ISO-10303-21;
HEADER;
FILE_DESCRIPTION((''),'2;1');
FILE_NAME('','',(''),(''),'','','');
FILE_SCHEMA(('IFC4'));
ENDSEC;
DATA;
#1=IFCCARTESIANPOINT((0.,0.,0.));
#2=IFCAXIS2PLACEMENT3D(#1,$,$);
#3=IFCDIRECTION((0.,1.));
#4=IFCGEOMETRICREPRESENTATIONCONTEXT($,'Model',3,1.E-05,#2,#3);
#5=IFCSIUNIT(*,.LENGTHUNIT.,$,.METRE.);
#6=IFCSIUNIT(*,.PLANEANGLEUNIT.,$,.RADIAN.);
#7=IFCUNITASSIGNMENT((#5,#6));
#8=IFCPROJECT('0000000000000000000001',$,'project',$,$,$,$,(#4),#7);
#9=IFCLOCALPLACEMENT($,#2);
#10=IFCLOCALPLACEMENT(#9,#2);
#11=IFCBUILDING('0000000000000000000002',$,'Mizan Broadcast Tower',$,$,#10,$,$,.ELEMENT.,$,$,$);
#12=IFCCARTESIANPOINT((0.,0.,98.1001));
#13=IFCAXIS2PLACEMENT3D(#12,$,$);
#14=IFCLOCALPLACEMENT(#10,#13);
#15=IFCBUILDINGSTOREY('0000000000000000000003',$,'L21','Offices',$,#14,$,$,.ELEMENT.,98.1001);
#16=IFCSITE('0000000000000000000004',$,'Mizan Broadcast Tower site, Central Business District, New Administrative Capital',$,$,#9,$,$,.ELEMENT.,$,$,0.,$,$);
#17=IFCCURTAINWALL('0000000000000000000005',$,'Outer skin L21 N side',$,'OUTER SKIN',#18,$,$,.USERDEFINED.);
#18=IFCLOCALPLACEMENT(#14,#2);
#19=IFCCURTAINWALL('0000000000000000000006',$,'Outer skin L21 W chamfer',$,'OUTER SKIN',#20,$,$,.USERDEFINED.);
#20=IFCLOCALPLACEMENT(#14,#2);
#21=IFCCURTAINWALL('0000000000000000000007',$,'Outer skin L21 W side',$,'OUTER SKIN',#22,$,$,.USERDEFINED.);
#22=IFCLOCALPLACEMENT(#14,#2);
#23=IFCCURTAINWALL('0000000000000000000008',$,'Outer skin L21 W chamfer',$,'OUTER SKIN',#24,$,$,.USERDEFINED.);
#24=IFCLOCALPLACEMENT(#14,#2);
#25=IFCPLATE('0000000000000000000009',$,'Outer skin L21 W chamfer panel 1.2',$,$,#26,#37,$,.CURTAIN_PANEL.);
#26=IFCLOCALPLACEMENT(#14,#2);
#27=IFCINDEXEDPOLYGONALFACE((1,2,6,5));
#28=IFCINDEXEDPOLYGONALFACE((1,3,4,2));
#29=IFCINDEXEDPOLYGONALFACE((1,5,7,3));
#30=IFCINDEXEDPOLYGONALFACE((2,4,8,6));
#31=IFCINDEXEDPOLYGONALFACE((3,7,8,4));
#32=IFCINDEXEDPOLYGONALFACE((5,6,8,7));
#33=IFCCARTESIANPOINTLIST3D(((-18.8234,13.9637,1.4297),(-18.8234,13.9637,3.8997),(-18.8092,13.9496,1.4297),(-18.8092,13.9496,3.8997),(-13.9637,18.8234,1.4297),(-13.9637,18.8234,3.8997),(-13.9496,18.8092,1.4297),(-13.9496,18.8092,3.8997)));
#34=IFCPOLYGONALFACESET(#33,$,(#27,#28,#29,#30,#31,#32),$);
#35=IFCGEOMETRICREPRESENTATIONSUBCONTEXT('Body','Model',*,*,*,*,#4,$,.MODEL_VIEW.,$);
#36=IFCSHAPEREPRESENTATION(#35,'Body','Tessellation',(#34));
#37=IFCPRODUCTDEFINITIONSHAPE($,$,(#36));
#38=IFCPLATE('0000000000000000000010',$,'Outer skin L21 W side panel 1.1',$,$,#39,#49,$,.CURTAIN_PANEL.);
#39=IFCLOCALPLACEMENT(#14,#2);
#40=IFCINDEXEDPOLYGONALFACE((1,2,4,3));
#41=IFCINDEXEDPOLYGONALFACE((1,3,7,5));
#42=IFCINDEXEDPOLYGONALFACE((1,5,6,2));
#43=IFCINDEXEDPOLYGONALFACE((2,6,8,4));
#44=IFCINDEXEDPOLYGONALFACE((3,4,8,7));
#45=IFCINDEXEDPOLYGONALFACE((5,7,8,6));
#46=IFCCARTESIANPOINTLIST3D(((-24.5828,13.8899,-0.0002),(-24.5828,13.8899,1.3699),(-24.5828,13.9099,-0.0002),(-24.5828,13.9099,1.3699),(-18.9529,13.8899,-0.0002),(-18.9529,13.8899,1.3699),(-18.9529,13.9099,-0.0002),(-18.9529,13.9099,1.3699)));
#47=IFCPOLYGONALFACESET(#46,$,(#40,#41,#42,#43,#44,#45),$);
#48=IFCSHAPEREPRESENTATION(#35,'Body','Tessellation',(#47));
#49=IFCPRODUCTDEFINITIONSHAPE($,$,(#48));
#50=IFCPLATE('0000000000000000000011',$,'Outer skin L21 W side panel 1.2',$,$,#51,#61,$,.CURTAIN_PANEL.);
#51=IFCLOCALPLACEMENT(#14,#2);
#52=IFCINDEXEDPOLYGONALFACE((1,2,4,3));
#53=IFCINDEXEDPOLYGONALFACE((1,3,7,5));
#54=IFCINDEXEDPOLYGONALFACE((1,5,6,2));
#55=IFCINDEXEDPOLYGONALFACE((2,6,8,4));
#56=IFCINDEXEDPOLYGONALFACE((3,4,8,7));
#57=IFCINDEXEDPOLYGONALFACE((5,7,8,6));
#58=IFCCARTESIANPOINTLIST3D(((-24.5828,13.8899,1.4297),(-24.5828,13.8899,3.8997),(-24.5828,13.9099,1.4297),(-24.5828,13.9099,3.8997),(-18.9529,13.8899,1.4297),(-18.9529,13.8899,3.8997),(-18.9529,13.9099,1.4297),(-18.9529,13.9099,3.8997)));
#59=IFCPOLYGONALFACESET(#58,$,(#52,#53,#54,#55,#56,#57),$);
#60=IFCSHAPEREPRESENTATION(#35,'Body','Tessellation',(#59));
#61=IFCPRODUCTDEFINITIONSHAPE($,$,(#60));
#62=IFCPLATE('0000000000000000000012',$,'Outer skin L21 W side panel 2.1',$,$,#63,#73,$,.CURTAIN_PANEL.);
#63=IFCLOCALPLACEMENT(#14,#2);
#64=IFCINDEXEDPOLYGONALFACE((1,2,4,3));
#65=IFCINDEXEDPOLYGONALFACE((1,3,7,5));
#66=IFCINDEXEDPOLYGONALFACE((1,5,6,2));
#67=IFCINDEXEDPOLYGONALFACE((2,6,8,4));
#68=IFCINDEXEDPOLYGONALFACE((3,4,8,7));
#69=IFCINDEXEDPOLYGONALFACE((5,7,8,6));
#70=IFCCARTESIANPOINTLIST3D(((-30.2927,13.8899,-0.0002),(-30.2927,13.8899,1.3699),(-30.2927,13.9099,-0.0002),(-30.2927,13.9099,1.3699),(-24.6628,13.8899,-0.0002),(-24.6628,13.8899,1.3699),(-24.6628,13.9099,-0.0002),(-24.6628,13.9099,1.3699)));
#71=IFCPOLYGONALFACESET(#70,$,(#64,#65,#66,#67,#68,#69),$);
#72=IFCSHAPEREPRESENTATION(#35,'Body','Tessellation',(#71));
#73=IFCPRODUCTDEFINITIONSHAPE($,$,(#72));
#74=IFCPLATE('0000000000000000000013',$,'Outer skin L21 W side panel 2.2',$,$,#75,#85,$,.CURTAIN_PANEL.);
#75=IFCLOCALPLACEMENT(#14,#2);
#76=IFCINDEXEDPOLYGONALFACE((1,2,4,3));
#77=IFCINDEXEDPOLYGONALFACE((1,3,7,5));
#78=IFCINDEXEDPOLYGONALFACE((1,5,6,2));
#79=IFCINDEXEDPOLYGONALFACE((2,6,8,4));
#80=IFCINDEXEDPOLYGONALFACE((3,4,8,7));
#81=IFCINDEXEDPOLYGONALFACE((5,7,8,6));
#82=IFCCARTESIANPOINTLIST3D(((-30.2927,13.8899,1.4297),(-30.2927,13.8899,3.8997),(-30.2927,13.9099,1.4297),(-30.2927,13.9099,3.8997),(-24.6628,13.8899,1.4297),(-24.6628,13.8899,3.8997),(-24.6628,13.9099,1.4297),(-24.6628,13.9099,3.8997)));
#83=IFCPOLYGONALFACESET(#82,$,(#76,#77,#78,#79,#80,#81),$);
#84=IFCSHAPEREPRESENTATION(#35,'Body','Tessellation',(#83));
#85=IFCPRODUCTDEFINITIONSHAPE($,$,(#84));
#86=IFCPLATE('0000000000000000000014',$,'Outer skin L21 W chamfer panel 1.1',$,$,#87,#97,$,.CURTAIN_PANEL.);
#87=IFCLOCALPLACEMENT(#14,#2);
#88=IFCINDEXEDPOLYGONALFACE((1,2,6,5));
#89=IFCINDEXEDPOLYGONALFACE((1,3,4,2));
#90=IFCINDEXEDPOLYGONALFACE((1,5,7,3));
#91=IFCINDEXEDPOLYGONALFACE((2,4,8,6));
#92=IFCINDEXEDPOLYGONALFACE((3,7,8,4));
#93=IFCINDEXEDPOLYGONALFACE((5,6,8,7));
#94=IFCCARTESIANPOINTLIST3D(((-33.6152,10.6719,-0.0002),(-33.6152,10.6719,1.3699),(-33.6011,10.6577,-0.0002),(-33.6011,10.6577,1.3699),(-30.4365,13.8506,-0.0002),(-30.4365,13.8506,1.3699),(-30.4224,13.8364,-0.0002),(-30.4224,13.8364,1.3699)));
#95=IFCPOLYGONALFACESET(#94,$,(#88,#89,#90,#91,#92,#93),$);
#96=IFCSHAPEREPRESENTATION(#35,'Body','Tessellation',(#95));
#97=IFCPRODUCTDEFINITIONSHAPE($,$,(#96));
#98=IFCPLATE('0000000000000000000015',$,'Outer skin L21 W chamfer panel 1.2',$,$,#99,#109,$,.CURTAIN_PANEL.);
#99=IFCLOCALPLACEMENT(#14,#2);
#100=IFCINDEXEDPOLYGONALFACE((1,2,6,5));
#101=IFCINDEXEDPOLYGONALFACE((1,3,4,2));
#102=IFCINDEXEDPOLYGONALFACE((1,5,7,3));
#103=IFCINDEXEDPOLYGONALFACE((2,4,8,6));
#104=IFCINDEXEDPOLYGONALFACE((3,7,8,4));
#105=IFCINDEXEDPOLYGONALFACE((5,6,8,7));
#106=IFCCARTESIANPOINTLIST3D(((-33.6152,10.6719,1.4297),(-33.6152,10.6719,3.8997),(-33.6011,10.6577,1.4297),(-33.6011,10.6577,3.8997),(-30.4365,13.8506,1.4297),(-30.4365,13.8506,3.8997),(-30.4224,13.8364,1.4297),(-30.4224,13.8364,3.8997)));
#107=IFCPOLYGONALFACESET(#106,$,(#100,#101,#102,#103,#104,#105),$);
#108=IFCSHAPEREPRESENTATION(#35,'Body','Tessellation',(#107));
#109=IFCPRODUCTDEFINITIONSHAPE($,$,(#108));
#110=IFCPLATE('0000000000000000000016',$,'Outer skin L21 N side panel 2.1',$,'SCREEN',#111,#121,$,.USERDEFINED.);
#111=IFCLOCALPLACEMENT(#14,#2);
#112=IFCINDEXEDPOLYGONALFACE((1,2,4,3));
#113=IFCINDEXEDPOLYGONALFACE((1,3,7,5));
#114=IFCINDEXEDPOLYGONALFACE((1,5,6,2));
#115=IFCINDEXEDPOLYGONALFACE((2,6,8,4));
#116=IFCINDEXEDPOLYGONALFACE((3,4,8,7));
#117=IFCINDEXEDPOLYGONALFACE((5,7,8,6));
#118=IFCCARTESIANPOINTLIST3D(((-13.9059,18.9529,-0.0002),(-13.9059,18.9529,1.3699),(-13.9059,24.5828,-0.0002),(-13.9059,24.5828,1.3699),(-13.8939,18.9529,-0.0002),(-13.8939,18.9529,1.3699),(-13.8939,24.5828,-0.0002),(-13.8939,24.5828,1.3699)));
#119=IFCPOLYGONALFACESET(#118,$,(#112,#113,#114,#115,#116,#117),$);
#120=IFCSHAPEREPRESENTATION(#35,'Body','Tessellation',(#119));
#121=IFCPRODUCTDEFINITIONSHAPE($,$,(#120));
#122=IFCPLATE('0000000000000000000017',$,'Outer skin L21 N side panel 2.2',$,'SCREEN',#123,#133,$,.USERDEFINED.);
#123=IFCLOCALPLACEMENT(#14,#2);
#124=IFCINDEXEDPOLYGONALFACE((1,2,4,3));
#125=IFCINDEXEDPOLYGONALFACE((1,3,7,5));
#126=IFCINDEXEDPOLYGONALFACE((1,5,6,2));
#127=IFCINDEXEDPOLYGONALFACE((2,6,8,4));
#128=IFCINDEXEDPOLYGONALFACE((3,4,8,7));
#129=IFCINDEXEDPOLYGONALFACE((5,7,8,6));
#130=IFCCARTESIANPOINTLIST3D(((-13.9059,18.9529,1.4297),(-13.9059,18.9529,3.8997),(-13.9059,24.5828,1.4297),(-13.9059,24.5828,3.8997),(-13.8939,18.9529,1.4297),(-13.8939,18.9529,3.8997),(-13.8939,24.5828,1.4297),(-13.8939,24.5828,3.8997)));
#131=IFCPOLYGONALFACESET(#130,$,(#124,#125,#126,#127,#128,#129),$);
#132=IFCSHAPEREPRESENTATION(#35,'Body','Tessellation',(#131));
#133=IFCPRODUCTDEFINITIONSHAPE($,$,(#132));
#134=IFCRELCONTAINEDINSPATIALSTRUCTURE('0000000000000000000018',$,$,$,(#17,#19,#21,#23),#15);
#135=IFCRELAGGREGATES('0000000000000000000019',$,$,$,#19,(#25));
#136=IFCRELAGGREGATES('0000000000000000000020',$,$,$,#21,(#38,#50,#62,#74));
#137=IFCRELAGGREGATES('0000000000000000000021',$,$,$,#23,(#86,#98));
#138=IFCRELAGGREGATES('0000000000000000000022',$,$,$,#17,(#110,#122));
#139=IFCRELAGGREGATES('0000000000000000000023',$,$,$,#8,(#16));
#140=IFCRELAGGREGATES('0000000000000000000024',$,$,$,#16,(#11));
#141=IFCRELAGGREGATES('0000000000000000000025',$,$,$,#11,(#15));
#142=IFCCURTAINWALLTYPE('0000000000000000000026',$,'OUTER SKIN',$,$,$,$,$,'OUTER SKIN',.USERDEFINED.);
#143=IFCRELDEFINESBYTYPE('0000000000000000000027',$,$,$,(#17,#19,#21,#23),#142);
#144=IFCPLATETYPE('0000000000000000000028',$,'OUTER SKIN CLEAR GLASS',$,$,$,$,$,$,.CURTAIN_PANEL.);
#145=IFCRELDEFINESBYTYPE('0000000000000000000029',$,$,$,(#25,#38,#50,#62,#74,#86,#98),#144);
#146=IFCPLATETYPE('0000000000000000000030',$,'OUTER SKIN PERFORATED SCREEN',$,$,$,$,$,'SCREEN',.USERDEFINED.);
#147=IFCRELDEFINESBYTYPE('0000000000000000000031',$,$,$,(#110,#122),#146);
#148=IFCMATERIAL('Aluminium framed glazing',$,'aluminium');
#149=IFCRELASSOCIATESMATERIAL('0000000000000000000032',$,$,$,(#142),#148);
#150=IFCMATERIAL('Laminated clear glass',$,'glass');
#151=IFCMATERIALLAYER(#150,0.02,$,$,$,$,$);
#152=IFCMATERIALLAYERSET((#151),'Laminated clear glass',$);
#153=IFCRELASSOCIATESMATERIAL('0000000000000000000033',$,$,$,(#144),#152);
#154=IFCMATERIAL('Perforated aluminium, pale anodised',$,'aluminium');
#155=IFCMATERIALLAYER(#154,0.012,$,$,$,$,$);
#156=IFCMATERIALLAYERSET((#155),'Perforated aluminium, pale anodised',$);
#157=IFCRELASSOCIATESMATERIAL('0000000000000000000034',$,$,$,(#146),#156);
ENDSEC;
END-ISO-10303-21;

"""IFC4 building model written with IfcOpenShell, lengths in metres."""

from ifc_helpers import new_model, si_unit, direction, frame, origin, origin_2d, place, context, subcontext, project, spatial, rectangle, extrude, material, layer, layer_set, type_object, element, aggregate, save


model = new_model("IFC4")

# Units and contexts
model_context = context("Model", 3, precision=1e-05, world=origin(), true_north=direction((0.0, 1.0)))
body_context = subcontext(model_context, "Body", "Model", "MODEL_VIEW")
ifc_project = project(units=[si_unit("LENGTHUNIT", "METRE"), si_unit("PLANEANGLEUNIT", "RADIAN")], contexts=[model_context])

# Site, building, storey
site_placement = place(None, origin())
site = spatial("IfcSite", under=ifc_project, at=site_placement, Name="Mizan Broadcast Tower site, Central Business District, New Administrative Capital", CompositionType="ELEMENT", RefElevation=0.0)
building_placement = place(site_placement, origin())
building = spatial("IfcBuilding", under=site, at=building_placement, Name="Mizan Broadcast Tower", CompositionType="ELEMENT")
storey_placement = place(building_placement, frame((0.0, 0.0, 98.1001)))
storey = spatial("IfcBuildingStorey", under=building, at=storey_placement, Name="L21", Description="Offices", CompositionType="ELEMENT", Elevation=98.1001)

# Shared definitions
ifc_material_1 = material(Name="Aluminium framed glazing", Category="aluminium")
curtain_wall_type_1 = type_object("IfcCurtainWallType", Name="OUTER SKIN", ElementType="OUTER SKIN", PredefinedType="USERDEFINED", material=ifc_material_1)

# Curtain wall
curtain_wall_1_placement = place(storey_placement, origin())
curtain_wall_1 = element("IfcCurtainWall", 1, at=curtain_wall_1_placement, inside=storey, type_object=curtain_wall_type_1, Name="Outer skin L21 N side", ObjectType="OUTER SKIN", PredefinedType="USERDEFINED")

# Curtain wall
curtain_wall_2_placement = place(storey_placement, origin())
curtain_wall_2 = element("IfcCurtainWall", 2, at=curtain_wall_2_placement, inside=storey, type_object=curtain_wall_type_1, Name="Outer skin L21 W chamfer", ObjectType="OUTER SKIN", PredefinedType="USERDEFINED")

# Curtain wall
curtain_wall_3_placement = place(storey_placement, origin())
curtain_wall_3 = element("IfcCurtainWall", 3, at=curtain_wall_3_placement, inside=storey, type_object=curtain_wall_type_1, Name="Outer skin L21 W side", ObjectType="OUTER SKIN", PredefinedType="USERDEFINED")

# Curtain wall
curtain_wall_4_placement = place(storey_placement, origin())
curtain_wall_4 = element("IfcCurtainWall", 4, at=curtain_wall_4_placement, inside=storey, type_object=curtain_wall_type_1, Name="Outer skin L21 W chamfer", ObjectType="OUTER SKIN", PredefinedType="USERDEFINED")

# Plates
ifc_material_2 = material(Name="Laminated clear glass", Category="glass")
ifc_layer_1 = layer(ifc_material_2, 0.02)
ifc_layer_set_1 = layer_set([ifc_layer_1], Name="Laminated clear glass")
plate_type_1 = type_object("IfcPlateType", Name="OUTER SKIN CLEAR GLASS", PredefinedType="CURTAIN_PANEL", material=ifc_layer_set_1)
plate_1_placement = place(storey_placement, frame((-16.3865, 16.3865, 1.4297), z_axis=(0.0, 0.0, 1.0), x_axis=(-0.707107, -0.707107, 0.0)))
plate_1 = element("IfcPlate", 5, at=plate_1_placement, type_object=plate_type_1, Name="Outer skin L21 W chamfer panel 1.2", PredefinedType="CURTAIN_PANEL", context=body_context, shape_type="SweptSolid", body=[
    extrude(rectangle(XDim=6.8726, YDim=0.02, at=origin_2d()), origin(), (0.0, 0.0, 1.0), 2.47),
])
aggregate(curtain_wall_2, [plate_1])
plate_2_placement = place(storey_placement, frame((-21.7678, 13.8999, -0.0002), z_axis=(0.0, 0.0, 1.0), x_axis=(-1.0, 0.0, 0.0)))
plate_2 = element("IfcPlate", 6, at=plate_2_placement, type_object=plate_type_1, Name="Outer skin L21 W side panel 1.1", PredefinedType="CURTAIN_PANEL", context=body_context, shape_type="SweptSolid", body=[
    extrude(rectangle(XDim=5.6299, YDim=0.02, at=origin_2d()), origin(), (0.0, 0.0, 1.0), 1.3701),
])
plate_3_placement = place(storey_placement, frame((-21.7678, 13.8999, 1.4297), z_axis=(0.0, 0.0, 1.0), x_axis=(-1.0, 0.0, 0.0)))
plate_3 = element("IfcPlate", 7, at=plate_3_placement, type_object=plate_type_1, Name="Outer skin L21 W side panel 1.2", PredefinedType="CURTAIN_PANEL", context=body_context, shape_type="SweptSolid", body=[
    extrude(rectangle(XDim=5.6299, YDim=0.02, at=origin_2d()), origin(), (0.0, 0.0, 1.0), 2.47),
])
plate_4_placement = place(storey_placement, frame((-27.4778, 13.8999, -0.0002), z_axis=(0.0, 0.0, 1.0), x_axis=(-1.0, 0.0, 0.0)))
plate_4 = element("IfcPlate", 8, at=plate_4_placement, type_object=plate_type_1, Name="Outer skin L21 W side panel 2.1", PredefinedType="CURTAIN_PANEL", context=body_context, shape_type="SweptSolid", body=[
    extrude(rectangle(XDim=5.6299, YDim=0.02, at=origin_2d()), origin(), (0.0, 0.0, 1.0), 1.3701),
])
plate_5_placement = place(storey_placement, frame((-27.4778, 13.8999, 1.4297), z_axis=(0.0, 0.0, 1.0), x_axis=(-1.0, 0.0, 0.0)))
plate_5 = element("IfcPlate", 9, at=plate_5_placement, type_object=plate_type_1, Name="Outer skin L21 W side panel 2.2", PredefinedType="CURTAIN_PANEL", context=body_context, shape_type="SweptSolid", body=[
    extrude(rectangle(XDim=5.6299, YDim=0.02, at=origin_2d()), origin(), (0.0, 0.0, 1.0), 2.47),
])
aggregate(curtain_wall_3, [plate_2, plate_3, plate_4, plate_5])
plate_6_placement = place(storey_placement, frame((-32.0188, 12.2542, -0.0002), z_axis=(0.0, 0.0, 1.0), x_axis=(-0.707107, -0.707107, 0.0)))
plate_6 = element("IfcPlate", 10, at=plate_6_placement, type_object=plate_type_1, Name="Outer skin L21 W chamfer panel 1.1", PredefinedType="CURTAIN_PANEL", context=body_context, shape_type="SweptSolid", body=[
    extrude(rectangle(XDim=4.4954, YDim=0.02, at=origin_2d()), origin(), (0.0, 0.0, 1.0), 1.3701),
])
plate_7_placement = place(storey_placement, frame((-32.0188, 12.2542, 1.4297), z_axis=(0.0, 0.0, 1.0), x_axis=(-0.707107, -0.707107, 0.0)))
plate_7 = element("IfcPlate", 11, at=plate_7_placement, type_object=plate_type_1, Name="Outer skin L21 W chamfer panel 1.2", PredefinedType="CURTAIN_PANEL", context=body_context, shape_type="SweptSolid", body=[
    extrude(rectangle(XDim=4.4954, YDim=0.02, at=origin_2d()), origin(), (0.0, 0.0, 1.0), 2.47),
])
aggregate(curtain_wall_4, [plate_6, plate_7])
ifc_material_3 = material(Name="Perforated aluminium, pale anodised", Category="aluminium")
ifc_layer_2 = layer(ifc_material_3, 0.012)
ifc_layer_set_2 = layer_set([ifc_layer_2], Name="Perforated aluminium, pale anodised")
plate_type_2 = type_object("IfcPlateType", Name="OUTER SKIN PERFORATED SCREEN", ElementType="SCREEN", PredefinedType="USERDEFINED", material=ifc_layer_set_2)
plate_8_placement = place(storey_placement, frame((-13.8999, 21.7678, -0.0002), z_axis=(0.0, 0.0, 1.0), x_axis=(0.0, -1.0, 0.0)))
plate_8 = element("IfcPlate", 12, at=plate_8_placement, type_object=plate_type_2, Name="Outer skin L21 N side panel 2.1", ObjectType="SCREEN", PredefinedType="USERDEFINED", context=body_context, shape_type="SweptSolid", body=[
    extrude(rectangle(XDim=5.6299, YDim=0.012, at=origin_2d()), origin(), (0.0, 0.0, 1.0), 1.3701),
])
plate_9_placement = place(storey_placement, frame((-13.8999, 21.7678, 1.4297), z_axis=(0.0, 0.0, 1.0), x_axis=(0.0, -1.0, 0.0)))
plate_9 = element("IfcPlate", 13, at=plate_9_placement, type_object=plate_type_2, Name="Outer skin L21 N side panel 2.2", ObjectType="SCREEN", PredefinedType="USERDEFINED", context=body_context, shape_type="SweptSolid", body=[
    extrude(rectangle(XDim=5.6299, YDim=0.012, at=origin_2d()), origin(), (0.0, 0.0, 1.0), 2.47),
])
aggregate(curtain_wall_1, [plate_8, plate_9])

save(model, "model.ifc")
